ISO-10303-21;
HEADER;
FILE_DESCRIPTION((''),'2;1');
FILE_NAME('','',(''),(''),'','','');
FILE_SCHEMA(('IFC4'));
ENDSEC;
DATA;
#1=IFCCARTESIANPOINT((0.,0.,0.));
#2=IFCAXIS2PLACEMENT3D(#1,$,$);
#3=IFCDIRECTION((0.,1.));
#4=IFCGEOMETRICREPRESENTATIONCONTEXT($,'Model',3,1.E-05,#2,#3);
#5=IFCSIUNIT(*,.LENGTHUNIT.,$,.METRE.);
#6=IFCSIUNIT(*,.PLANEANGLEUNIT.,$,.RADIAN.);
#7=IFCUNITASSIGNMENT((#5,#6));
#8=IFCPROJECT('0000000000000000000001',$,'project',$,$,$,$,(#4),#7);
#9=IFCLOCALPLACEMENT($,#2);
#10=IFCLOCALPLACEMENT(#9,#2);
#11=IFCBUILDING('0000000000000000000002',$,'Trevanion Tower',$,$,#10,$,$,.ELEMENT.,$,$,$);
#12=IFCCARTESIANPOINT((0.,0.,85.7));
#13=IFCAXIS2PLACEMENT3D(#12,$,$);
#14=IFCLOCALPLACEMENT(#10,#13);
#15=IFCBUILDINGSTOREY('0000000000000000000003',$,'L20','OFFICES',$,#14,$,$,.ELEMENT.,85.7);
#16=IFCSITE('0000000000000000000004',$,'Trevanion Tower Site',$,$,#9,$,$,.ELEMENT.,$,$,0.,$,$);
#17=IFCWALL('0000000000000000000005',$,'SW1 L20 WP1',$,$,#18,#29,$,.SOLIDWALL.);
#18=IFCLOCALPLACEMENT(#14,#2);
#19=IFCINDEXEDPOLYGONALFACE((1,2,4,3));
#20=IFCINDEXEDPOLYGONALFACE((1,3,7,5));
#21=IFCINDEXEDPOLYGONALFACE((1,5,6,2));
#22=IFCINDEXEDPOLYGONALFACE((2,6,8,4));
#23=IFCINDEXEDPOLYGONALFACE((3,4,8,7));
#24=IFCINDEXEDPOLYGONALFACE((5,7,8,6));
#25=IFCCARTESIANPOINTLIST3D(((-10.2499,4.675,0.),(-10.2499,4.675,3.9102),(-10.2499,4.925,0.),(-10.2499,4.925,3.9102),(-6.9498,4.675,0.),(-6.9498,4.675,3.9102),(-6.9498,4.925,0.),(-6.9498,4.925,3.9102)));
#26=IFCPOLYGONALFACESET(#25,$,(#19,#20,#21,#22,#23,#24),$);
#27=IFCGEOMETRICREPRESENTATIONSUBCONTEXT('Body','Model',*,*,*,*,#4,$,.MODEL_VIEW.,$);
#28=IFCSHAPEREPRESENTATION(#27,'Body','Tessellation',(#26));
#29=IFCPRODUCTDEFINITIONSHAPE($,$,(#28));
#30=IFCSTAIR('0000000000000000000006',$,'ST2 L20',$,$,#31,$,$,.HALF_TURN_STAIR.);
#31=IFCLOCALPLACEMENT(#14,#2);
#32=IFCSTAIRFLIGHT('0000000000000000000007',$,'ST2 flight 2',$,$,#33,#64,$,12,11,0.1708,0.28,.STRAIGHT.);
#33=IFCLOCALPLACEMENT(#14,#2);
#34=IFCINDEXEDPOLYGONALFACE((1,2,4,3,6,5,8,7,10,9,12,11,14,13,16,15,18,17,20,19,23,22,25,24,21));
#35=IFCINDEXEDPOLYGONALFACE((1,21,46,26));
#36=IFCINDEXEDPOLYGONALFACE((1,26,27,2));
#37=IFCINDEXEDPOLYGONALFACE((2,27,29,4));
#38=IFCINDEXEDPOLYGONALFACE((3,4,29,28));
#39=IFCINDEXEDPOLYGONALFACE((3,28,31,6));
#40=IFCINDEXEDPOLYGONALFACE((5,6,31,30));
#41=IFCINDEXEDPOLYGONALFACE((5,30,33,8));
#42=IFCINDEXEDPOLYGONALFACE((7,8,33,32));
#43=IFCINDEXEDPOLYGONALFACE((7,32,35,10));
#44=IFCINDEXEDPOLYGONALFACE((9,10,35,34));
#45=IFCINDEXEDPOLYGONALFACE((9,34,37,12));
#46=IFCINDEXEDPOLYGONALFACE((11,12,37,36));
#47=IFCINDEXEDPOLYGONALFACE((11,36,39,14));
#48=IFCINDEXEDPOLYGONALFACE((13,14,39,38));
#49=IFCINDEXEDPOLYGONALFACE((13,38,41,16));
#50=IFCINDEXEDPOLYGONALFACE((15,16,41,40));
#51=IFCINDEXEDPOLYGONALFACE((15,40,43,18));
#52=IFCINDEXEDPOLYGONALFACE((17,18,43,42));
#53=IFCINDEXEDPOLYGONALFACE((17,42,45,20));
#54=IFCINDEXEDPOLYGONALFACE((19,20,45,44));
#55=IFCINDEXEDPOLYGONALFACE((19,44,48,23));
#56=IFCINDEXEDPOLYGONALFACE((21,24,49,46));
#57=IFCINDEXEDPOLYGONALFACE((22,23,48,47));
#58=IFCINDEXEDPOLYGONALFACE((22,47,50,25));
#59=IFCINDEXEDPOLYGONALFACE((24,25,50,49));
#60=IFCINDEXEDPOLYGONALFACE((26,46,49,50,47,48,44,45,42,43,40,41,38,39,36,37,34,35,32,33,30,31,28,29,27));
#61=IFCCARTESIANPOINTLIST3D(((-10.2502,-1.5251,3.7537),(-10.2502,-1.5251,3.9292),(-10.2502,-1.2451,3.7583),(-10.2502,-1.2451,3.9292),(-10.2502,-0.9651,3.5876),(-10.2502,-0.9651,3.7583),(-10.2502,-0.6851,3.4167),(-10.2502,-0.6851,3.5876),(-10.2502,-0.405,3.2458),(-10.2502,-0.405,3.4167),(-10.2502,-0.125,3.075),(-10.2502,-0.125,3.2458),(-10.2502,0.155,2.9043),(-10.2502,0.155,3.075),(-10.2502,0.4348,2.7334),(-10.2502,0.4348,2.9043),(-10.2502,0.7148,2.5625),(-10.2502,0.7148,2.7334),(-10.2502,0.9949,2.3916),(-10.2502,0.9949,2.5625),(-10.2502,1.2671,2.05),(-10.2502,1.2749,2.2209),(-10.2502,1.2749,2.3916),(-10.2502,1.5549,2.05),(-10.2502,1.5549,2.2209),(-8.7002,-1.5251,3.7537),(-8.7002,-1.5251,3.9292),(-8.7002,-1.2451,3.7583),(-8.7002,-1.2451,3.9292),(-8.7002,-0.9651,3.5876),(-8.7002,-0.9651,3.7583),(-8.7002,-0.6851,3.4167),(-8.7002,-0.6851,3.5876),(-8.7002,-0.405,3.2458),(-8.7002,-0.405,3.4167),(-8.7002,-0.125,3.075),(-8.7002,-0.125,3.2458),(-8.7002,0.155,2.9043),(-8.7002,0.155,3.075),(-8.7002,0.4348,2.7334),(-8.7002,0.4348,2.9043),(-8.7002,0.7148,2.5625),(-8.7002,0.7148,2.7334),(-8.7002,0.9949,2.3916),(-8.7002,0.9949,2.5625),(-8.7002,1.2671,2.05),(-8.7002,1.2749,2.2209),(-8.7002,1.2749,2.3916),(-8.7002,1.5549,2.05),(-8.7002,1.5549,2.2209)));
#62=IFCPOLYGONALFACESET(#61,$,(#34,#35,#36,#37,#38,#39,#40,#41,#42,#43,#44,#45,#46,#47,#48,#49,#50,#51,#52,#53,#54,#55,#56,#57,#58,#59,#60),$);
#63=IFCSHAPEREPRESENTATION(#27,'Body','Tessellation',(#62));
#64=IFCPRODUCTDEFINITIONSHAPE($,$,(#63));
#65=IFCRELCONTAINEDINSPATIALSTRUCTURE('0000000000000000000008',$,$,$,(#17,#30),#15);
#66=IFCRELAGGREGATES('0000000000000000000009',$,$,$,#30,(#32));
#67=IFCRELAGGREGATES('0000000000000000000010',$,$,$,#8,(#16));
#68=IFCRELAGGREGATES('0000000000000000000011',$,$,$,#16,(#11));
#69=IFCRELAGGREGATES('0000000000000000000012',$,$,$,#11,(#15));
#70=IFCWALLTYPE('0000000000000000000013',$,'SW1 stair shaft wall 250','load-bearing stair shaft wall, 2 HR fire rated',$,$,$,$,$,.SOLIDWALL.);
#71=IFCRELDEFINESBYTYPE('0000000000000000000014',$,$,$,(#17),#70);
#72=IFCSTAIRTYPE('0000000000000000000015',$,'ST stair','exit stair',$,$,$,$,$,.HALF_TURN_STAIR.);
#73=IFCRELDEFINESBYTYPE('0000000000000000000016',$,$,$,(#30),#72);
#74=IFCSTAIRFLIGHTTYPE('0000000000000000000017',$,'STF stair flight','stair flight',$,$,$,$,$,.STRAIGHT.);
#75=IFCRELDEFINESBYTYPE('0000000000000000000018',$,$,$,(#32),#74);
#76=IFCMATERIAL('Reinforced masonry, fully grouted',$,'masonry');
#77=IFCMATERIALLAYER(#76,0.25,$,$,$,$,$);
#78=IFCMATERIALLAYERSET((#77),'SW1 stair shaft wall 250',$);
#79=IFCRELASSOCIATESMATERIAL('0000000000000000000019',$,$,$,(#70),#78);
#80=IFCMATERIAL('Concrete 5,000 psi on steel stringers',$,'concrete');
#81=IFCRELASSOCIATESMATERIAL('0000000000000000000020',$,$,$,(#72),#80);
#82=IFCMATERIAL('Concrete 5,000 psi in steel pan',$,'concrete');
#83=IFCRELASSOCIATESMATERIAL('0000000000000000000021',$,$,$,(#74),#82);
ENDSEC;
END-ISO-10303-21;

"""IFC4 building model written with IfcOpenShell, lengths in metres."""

from ifc_helpers import new_model, si_unit, direction, frame, frame_2d, origin, place, context, subcontext, project, spatial, polyline, rectangle, outline, extrude, material, layer, layer_set, type_object, element, aggregate, save


model = new_model("IFC4")

# Units and contexts
model_context = context("Model", 3, precision=1e-05, world=origin(), true_north=direction((0.0, 1.0)))
body_context = subcontext(model_context, "Body", "Model", "MODEL_VIEW")
ifc_project = project(units=[si_unit("LENGTHUNIT", "METRE"), si_unit("PLANEANGLEUNIT", "RADIAN")], contexts=[model_context])

# Site, building, storey
site_placement = place(None, origin())
site = spatial("IfcSite", under=ifc_project, at=site_placement, Name="Trevanion Tower Site", CompositionType="ELEMENT", RefElevation=0.0)
building_placement = place(site_placement, origin())
building = spatial("IfcBuilding", under=site, at=building_placement, Name="Trevanion Tower", CompositionType="ELEMENT")
storey_placement = place(building_placement, frame((0.0, 0.0, 85.7)))
storey = spatial("IfcBuildingStorey", under=building, at=storey_placement, Name="L20", Description="OFFICES", CompositionType="ELEMENT", Elevation=85.7)

# Wall
ifc_material_1 = material(Name="Reinforced masonry, fully grouted", Category="masonry")
ifc_layer_1 = layer(ifc_material_1, 0.25)
ifc_layer_set_1 = layer_set([ifc_layer_1], Name="SW1 stair shaft wall 250")
wall_type_1 = type_object("IfcWallType", Name="SW1 stair shaft wall 250", Description="load-bearing stair shaft wall, 2 HR fire rated", PredefinedType="SOLIDWALL", material=ifc_layer_set_1)
wall_1_placement = place(storey_placement, frame((-6.95, 4.8, 0.0), z_axis=(0.0, 0.0, 1.0), x_axis=(-1.0, 0.0, 0.0)))
element("IfcWall", 1, at=wall_1_placement, inside=storey, type_object=wall_type_1, Name="SW1 L20 WP1", PredefinedType="SOLIDWALL", context=body_context, shape_type="SweptSolid", body=[
    extrude(rectangle(XDim=3.3, YDim=0.25, at=frame_2d((1.6499, 0.0))), origin(), (0.0, 0.0, 1.0), 3.9102),
])

# Stair, stair flight
ifc_material_2 = material(Name="Concrete 5,000 psi on steel stringers", Category="concrete")
stair_type = type_object("IfcStairType", Name="ST stair", Description="exit stair", PredefinedType="HALF_TURN_STAIR", material=ifc_material_2)
stair_placement = place(storey_placement, origin())
stair = element("IfcStair", 2, at=stair_placement, inside=storey, type_object=stair_type, Name="ST2 L20", PredefinedType="HALF_TURN_STAIR")
ifc_material_3 = material(Name="Concrete 5,000 psi in steel pan", Category="concrete")
stair_flight_type = type_object("IfcStairFlightType", Name="STF stair flight", Description="stair flight", PredefinedType="STRAIGHT", material=ifc_material_3)
stair_flight_placement = place(storey_placement, frame((-9.4751, 1.5549, 2.05), z_axis=(0.0, 0.0, 1.0), x_axis=(0.0, -1.0, 0.0)))
stair_flight = element("IfcStairFlight", 3, at=stair_flight_placement, type_object=stair_flight_type, Name="ST2 flight 2", NumberOfRisers=12, NumberOfTreads=11, PredefinedType="STRAIGHT", RiserHeight=0.1708, TreadLength=0.28, context=body_context, shape_type="SweptSolid", body=[
    extrude(outline(polyline([(0.0, 0.0), (0.0, 0.1709), (0.28, 0.1709), (0.28, 0.3416), (0.5601, 0.3416), (0.5601, 0.5125), (0.8401, 0.5125), (0.8401, 0.6833), (1.1201, 0.6833), (1.1201, 0.8542), (1.3999, 0.8542), (1.3999, 1.0249), (1.6799, 1.0249), (1.6799, 1.1958), (1.96, 1.1958), (1.96, 1.3667), (2.24, 1.3667), (2.24, 1.5376), (2.52, 1.5376), (2.52, 1.7083), (2.8, 1.7083), (2.8, 1.8792), (3.0801, 1.8792), (3.0801, 2.05), (3.0801, 1.7036), (0.2878, 0.0), (0.0, 0.0)])), frame((0.0, 0.7749, 0.0), z_axis=(0.0, -1.0, 0.0), x_axis=(1.0, 0.0, 0.0)), (0.0, 0.0, 1.0), 1.55),
])
aggregate(stair, [stair_flight])

save(model, "model.ifc")
